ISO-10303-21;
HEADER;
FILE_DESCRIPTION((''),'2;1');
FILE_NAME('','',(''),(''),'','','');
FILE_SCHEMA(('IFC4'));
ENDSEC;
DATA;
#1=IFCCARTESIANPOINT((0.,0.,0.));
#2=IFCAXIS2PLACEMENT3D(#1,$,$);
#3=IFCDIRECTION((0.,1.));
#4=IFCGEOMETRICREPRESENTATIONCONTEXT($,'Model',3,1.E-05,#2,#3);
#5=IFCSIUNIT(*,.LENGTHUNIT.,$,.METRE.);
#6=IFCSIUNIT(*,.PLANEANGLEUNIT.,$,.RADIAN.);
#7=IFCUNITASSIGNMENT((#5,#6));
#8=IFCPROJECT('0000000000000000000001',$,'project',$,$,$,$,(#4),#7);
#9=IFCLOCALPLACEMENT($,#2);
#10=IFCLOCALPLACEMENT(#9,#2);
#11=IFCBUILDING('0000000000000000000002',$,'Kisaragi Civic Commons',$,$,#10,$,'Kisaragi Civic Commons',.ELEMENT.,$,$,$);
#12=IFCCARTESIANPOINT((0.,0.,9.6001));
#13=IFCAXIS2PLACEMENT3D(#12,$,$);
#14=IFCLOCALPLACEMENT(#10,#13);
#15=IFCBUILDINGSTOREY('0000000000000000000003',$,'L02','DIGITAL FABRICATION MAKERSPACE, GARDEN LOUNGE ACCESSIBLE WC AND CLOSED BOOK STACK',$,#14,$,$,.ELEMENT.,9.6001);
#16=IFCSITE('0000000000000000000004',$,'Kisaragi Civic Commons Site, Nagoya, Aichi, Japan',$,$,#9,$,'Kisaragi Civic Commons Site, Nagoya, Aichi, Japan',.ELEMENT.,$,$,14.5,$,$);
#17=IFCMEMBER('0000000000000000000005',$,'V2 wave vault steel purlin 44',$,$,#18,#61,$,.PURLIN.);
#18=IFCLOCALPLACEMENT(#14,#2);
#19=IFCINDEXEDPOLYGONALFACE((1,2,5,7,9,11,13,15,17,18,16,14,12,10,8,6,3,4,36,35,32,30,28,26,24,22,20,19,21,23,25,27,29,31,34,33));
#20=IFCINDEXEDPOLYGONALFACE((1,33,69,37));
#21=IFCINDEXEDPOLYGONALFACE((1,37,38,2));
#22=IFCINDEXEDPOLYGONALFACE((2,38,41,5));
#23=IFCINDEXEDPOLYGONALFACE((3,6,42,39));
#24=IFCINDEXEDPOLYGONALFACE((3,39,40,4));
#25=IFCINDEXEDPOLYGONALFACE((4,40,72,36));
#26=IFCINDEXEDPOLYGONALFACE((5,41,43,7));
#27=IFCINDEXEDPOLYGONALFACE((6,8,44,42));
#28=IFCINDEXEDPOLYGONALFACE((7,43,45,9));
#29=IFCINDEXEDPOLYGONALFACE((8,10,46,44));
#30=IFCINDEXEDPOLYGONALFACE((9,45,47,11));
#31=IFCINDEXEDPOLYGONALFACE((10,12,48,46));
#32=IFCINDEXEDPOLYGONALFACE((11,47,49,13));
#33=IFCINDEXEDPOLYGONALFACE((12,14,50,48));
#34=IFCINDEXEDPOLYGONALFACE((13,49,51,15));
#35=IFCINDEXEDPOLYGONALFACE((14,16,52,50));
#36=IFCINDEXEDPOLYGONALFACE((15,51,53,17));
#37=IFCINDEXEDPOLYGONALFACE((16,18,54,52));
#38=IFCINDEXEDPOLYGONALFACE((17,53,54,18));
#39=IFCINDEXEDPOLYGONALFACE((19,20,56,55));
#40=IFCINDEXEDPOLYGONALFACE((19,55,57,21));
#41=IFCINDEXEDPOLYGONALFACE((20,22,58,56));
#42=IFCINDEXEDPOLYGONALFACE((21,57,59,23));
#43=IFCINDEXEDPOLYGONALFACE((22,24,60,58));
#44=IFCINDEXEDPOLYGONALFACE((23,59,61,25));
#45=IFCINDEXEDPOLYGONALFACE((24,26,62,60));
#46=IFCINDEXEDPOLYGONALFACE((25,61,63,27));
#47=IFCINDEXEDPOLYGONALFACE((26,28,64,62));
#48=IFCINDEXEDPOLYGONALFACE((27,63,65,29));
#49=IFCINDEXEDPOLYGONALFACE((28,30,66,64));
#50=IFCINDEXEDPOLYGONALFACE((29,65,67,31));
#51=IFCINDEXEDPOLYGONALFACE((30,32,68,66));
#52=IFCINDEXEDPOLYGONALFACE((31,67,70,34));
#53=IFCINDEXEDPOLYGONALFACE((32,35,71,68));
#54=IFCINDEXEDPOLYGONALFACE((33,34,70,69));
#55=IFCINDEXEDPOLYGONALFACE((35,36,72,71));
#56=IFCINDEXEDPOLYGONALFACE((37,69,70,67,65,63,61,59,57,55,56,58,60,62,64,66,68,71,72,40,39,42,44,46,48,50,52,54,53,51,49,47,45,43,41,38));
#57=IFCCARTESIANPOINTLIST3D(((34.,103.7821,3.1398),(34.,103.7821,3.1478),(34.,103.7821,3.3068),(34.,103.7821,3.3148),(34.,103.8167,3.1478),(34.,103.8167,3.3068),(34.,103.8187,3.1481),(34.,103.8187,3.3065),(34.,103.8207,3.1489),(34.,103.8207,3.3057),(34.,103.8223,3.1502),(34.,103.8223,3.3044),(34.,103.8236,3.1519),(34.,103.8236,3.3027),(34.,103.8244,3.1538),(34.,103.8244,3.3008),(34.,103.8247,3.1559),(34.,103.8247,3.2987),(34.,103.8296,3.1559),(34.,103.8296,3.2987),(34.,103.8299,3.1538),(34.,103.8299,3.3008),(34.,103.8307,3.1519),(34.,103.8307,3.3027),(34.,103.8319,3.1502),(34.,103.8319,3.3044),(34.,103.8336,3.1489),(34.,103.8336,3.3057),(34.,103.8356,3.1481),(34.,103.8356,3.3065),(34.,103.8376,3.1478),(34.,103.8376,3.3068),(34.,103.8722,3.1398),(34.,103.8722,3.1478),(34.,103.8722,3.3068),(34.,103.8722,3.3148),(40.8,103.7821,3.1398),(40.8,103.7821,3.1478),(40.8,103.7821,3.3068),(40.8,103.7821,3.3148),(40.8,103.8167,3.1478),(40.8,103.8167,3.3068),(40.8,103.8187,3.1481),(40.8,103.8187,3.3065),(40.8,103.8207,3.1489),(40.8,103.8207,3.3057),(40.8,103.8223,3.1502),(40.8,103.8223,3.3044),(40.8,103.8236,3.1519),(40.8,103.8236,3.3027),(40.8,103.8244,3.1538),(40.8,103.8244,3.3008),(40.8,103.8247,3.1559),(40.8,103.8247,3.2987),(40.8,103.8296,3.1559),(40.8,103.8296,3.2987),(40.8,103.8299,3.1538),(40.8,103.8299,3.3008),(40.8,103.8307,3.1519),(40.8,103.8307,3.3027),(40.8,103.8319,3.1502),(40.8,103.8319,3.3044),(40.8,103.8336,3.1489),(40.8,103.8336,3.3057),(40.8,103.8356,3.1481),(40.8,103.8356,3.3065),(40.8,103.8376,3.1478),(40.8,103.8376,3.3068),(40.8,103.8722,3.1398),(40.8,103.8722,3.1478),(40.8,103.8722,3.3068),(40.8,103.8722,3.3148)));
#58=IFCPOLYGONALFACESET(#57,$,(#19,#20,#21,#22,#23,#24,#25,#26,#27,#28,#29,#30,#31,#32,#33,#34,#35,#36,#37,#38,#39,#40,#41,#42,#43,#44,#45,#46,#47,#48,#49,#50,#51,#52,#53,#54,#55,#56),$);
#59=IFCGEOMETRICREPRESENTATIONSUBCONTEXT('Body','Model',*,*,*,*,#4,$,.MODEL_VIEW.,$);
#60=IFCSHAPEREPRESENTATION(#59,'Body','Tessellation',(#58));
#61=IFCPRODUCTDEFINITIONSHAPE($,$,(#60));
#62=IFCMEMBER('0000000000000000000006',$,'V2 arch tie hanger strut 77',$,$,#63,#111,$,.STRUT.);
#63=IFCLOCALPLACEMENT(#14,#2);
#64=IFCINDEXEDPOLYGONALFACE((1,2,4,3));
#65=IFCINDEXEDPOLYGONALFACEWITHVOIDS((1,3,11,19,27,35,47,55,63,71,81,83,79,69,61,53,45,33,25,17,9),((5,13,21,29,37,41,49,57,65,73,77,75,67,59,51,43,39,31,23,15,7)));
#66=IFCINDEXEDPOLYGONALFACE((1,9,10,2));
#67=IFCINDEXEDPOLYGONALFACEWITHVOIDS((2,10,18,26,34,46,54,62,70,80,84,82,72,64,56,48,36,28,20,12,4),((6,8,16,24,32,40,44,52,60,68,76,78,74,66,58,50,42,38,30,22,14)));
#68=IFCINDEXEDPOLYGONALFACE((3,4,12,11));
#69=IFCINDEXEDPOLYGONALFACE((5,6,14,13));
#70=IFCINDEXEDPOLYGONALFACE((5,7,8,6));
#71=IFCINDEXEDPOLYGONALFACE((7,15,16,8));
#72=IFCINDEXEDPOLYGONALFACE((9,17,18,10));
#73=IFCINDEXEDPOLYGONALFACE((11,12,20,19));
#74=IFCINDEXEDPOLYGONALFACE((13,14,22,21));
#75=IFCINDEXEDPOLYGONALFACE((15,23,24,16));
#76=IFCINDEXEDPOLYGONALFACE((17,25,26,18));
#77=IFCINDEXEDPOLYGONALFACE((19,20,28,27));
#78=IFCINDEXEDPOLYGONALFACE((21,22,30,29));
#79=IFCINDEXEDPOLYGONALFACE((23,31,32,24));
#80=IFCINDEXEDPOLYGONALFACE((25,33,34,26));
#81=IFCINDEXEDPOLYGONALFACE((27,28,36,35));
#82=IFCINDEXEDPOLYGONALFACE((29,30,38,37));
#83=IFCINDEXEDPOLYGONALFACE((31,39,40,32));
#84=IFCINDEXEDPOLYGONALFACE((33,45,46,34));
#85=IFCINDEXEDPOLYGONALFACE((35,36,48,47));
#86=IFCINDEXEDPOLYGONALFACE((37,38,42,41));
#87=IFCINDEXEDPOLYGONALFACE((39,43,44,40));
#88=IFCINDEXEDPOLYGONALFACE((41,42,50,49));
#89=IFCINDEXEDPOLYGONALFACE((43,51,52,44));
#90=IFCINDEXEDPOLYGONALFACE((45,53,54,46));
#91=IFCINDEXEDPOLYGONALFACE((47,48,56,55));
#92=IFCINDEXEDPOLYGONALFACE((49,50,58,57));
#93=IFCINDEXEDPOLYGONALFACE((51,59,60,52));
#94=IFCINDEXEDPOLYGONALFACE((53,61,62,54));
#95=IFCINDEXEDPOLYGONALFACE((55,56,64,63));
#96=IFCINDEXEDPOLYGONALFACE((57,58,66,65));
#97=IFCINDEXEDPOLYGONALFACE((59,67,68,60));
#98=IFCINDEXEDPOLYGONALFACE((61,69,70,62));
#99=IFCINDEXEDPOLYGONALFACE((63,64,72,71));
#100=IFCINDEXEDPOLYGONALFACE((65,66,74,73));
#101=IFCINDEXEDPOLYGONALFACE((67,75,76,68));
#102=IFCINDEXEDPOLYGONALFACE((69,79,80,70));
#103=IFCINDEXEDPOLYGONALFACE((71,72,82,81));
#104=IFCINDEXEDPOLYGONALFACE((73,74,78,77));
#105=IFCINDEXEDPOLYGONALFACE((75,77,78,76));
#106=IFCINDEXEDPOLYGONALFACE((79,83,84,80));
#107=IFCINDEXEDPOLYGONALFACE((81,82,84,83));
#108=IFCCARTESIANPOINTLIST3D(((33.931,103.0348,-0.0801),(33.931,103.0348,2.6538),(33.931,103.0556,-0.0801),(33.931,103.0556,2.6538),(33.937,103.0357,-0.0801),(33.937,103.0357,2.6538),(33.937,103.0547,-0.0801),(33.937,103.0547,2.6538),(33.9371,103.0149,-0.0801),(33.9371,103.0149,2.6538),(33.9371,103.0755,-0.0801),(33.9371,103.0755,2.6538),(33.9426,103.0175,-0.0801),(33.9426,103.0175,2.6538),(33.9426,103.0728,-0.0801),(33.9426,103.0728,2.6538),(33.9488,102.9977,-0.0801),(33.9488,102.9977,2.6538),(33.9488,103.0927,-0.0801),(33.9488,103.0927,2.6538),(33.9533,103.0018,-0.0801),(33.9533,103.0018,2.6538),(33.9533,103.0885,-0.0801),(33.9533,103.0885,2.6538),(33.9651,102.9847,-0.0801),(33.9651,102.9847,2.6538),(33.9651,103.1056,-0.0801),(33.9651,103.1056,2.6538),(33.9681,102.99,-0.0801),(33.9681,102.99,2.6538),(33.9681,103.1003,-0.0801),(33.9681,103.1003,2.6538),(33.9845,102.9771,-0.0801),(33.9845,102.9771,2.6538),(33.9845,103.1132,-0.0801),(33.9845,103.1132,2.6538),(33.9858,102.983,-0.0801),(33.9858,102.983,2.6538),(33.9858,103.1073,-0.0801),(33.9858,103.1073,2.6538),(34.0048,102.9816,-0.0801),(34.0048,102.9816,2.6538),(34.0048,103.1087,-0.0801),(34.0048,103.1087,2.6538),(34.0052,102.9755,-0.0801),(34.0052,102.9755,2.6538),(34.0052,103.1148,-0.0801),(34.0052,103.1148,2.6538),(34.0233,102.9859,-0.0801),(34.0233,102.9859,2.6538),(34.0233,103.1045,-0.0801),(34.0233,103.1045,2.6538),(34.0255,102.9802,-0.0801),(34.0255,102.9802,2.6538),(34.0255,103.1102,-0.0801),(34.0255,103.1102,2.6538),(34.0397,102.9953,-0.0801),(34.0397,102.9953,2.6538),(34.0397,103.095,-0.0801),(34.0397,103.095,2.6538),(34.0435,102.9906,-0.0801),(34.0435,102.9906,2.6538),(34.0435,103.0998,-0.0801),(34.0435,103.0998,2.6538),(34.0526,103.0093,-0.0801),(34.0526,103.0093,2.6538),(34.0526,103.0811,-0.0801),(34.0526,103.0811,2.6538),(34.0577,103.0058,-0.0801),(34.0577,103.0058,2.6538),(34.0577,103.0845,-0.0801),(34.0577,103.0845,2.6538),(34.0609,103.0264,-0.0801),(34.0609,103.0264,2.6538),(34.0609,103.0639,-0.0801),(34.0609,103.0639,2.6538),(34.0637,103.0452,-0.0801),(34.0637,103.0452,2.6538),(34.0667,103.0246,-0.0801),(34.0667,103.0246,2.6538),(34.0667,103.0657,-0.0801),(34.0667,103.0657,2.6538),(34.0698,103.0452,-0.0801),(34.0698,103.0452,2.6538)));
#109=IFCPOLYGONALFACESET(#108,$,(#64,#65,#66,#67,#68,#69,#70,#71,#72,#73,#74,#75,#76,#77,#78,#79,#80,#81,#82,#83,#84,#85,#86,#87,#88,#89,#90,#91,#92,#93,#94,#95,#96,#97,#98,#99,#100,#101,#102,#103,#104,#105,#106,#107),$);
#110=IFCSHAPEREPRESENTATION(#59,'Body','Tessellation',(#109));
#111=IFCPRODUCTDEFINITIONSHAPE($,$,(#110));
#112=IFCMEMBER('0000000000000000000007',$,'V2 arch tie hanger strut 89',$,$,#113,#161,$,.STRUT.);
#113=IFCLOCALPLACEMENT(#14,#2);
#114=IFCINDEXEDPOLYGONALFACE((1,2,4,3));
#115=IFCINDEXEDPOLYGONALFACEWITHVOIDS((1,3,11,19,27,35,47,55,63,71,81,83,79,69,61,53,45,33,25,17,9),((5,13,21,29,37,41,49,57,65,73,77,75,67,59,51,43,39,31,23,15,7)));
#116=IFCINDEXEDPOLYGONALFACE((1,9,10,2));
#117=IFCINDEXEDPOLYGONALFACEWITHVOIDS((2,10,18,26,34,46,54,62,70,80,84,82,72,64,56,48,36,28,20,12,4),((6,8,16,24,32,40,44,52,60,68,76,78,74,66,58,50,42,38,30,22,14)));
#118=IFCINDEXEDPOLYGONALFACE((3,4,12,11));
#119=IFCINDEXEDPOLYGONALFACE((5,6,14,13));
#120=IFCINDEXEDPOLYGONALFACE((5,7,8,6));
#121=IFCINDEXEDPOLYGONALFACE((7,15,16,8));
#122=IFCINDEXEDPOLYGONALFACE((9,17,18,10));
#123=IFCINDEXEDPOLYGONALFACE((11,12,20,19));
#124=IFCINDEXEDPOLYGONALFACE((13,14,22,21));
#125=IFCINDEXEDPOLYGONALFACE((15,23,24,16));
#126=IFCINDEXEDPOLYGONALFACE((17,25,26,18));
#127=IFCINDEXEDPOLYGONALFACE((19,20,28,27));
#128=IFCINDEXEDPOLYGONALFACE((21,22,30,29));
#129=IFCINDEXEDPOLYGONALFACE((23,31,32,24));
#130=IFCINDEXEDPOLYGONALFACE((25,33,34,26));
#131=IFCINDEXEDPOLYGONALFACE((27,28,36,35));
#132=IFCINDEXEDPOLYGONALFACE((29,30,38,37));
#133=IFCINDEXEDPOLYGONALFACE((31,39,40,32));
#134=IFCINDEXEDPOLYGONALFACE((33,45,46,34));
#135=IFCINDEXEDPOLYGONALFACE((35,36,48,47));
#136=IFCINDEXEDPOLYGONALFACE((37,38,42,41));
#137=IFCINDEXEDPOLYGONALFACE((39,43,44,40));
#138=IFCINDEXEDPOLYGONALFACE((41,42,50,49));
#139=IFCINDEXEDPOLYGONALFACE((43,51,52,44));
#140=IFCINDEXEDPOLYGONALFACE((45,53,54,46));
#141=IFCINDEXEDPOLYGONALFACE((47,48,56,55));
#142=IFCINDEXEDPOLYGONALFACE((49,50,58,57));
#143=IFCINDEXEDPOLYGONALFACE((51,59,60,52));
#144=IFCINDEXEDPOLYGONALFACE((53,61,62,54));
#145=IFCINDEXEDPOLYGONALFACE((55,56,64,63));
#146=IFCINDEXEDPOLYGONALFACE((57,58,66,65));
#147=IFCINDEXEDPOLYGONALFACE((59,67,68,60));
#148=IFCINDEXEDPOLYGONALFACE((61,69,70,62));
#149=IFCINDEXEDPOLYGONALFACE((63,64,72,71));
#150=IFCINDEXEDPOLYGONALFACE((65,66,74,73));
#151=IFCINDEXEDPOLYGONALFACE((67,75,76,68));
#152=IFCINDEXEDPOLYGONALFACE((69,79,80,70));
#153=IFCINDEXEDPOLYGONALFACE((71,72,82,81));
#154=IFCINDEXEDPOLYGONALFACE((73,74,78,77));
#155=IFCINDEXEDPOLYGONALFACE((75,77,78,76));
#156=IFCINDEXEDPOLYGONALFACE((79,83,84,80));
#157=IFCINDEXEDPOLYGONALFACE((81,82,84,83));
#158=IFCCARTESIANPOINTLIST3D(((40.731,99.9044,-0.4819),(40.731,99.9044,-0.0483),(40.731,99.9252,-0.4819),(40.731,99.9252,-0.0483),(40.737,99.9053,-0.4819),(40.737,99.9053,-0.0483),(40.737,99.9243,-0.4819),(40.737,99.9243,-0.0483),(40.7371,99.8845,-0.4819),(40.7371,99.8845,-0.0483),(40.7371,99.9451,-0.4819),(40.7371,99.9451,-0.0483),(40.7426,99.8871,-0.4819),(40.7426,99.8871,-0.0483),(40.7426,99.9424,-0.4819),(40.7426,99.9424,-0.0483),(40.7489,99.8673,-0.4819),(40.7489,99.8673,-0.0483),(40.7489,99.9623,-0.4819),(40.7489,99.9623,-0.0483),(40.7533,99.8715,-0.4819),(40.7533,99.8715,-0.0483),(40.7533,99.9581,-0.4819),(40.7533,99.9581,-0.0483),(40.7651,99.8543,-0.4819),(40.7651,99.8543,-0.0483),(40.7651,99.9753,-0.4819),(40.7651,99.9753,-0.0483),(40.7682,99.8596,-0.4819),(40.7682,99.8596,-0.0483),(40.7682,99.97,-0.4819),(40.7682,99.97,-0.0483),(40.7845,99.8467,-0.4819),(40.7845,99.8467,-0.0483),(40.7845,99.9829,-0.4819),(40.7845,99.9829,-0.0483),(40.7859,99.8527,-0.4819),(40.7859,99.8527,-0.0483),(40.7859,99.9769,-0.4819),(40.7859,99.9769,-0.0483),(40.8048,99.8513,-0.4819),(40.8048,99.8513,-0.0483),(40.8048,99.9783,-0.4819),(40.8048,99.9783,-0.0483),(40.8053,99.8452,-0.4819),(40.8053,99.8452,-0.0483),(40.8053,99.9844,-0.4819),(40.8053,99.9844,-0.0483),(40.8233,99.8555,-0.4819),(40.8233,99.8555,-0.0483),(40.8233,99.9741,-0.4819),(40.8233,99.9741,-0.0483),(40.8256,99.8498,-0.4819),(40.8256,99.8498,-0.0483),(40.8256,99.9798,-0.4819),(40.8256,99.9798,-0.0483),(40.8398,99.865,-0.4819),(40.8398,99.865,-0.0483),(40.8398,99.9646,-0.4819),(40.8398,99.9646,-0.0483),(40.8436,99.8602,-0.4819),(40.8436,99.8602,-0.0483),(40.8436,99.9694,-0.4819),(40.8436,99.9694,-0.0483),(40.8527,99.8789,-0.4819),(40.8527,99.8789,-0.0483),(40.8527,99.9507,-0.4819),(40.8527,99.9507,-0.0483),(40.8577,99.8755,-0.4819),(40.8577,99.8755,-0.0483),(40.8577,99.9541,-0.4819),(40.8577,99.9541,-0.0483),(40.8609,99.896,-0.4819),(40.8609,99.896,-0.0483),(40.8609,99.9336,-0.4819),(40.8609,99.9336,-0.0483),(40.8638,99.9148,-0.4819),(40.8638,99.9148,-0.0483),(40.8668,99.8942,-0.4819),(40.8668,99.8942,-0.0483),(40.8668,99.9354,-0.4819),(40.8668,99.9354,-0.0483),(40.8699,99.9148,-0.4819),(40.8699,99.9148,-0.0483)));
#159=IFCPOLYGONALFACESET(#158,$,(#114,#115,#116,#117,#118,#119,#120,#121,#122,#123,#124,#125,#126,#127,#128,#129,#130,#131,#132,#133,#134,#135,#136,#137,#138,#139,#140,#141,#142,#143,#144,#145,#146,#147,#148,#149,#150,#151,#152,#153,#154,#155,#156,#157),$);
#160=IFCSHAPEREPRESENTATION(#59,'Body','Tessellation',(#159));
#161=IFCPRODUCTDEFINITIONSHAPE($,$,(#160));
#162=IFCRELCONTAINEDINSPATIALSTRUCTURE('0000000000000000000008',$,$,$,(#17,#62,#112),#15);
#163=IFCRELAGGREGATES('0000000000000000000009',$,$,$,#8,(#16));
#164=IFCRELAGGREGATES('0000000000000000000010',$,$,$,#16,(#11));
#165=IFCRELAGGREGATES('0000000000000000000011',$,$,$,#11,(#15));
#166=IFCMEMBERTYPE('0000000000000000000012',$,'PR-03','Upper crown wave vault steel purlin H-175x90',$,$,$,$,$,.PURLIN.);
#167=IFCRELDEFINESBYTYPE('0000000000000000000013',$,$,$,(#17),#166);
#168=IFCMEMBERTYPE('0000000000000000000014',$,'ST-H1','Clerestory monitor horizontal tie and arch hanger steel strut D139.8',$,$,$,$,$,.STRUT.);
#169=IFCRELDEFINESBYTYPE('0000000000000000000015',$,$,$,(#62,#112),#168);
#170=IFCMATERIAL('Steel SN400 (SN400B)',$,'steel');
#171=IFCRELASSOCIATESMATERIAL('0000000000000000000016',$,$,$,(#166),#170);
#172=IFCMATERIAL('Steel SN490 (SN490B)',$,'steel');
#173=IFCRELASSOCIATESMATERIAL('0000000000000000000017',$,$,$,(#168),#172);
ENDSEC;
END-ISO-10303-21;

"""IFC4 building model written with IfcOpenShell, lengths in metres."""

from ifc_helpers import new_model, si_unit, direction, frame, origin, origin_2d, place, context, subcontext, project, spatial, hollow_circle, i_section, extrude, material, material_profile, profile_set, type_object, element, save


model = new_model("IFC4")

# Units and contexts
model_context = context("Model", 3, precision=1e-05, world=origin(), true_north=direction((0.0, 1.0)))
body_context = subcontext(model_context, "Body", "Model", "MODEL_VIEW")
ifc_project = project(units=[si_unit("LENGTHUNIT", "METRE"), si_unit("PLANEANGLEUNIT", "RADIAN")], contexts=[model_context])

# Site, building, storey
site_placement = place(None, origin())
site = spatial("IfcSite", under=ifc_project, at=site_placement, Name="Kisaragi Civic Commons Site, Nagoya, Aichi, Japan", LongName="Kisaragi Civic Commons Site, Nagoya, Aichi, Japan", CompositionType="ELEMENT", RefElevation=14.5)
building_placement = place(site_placement, origin())
building = spatial("IfcBuilding", under=site, at=building_placement, Name="Kisaragi Civic Commons", LongName="Kisaragi Civic Commons", CompositionType="ELEMENT")
storey_placement = place(building_placement, frame((0.0, 0.0, 9.6001)))
storey = spatial("IfcBuildingStorey", under=building, at=storey_placement, Name="L02", Description="DIGITAL FABRICATION MAKERSPACE, GARDEN LOUNGE ACCESSIBLE WC AND CLOSED BOOK STACK", CompositionType="ELEMENT", Elevation=9.6001)

# Members
ifc_material_1 = material(Name="Steel SN490 (SN490B)", Category="steel")
ifc_material_2 = material(Name="Steel SN400 (SN400B)", Category="steel")
ifc_material_profile_1 = material_profile(ifc_material_2, i_section(OverallWidth=0.0901, OverallDepth=0.175, WebThickness=0.0049, FlangeThickness=0.0081, FilletRadius=0.0081, at=origin_2d()), Name="H-175x90x5x8", Category="steel")
ifc_profile_set_1 = profile_set([ifc_material_profile_1], Name="Steel SN400 (SN400B)")
member_type_1 = type_object("IfcMemberType", Name="PR-03", Description="Upper crown wave vault steel purlin H-175x90", PredefinedType="PURLIN", material=ifc_profile_set_1)
member_1_placement = place(storey_placement, frame((34.0, 103.8271, 3.2273), z_axis=(1.0, 0.0, 0.0), x_axis=(0.0, 1.0, 0.0)))
element("IfcMember", 1, at=member_1_placement, inside=storey, type_object=member_type_1, Name="V2 wave vault steel purlin 44", PredefinedType="PURLIN", context=body_context, shape_type="SweptSolid", body=[
    extrude(i_section(OverallWidth=0.0901, OverallDepth=0.175, WebThickness=0.0049, FlangeThickness=0.0081, FilletRadius=0.0081, at=origin_2d()), origin(), (0.0, 0.0, 1.0), 6.8),
])
ifc_material_profile_2 = material_profile(ifc_material_1, hollow_circle(Radius=0.0698, WallThickness=0.0061, at=origin_2d()), Name="CHS-139.8x6.0", Category="steel")
ifc_profile_set_2 = profile_set([ifc_material_profile_2], Name="Steel SN490 (SN490B)")
member_type_2 = type_object("IfcMemberType", Name="ST-H1", Description="Clerestory monitor horizontal tie and arch hanger steel strut D139.8", PredefinedType="STRUT", material=ifc_profile_set_2)
member_2_placement = place(storey_placement, frame((34.0, 103.0452, -0.0801), z_axis=(0.0, 0.0, 1.0), x_axis=(1.0, 0.0, 0.0)))
element("IfcMember", 2, at=member_2_placement, inside=storey, type_object=member_type_2, Name="V2 arch tie hanger strut 77", PredefinedType="STRUT", context=body_context, shape_type="SweptSolid", body=[
    extrude(hollow_circle(Radius=0.0698, WallThickness=0.0061, at=origin_2d()), origin(), (0.0, 0.0, 1.0), 2.7339),
])
member_3_placement = place(storey_placement, frame((40.8, 99.9148, -0.4819), z_axis=(0.0, 0.0, 1.0), x_axis=(1.0, 0.0, 0.0)))
element("IfcMember", 3, at=member_3_placement, inside=storey, type_object=member_type_2, Name="V2 arch tie hanger strut 89", PredefinedType="STRUT", context=body_context, shape_type="SweptSolid", body=[
    extrude(hollow_circle(Radius=0.0698, WallThickness=0.0061, at=origin_2d()), origin(), (0.0, 0.0, 1.0), 0.4336),
])

save(model, "model.ifc")
